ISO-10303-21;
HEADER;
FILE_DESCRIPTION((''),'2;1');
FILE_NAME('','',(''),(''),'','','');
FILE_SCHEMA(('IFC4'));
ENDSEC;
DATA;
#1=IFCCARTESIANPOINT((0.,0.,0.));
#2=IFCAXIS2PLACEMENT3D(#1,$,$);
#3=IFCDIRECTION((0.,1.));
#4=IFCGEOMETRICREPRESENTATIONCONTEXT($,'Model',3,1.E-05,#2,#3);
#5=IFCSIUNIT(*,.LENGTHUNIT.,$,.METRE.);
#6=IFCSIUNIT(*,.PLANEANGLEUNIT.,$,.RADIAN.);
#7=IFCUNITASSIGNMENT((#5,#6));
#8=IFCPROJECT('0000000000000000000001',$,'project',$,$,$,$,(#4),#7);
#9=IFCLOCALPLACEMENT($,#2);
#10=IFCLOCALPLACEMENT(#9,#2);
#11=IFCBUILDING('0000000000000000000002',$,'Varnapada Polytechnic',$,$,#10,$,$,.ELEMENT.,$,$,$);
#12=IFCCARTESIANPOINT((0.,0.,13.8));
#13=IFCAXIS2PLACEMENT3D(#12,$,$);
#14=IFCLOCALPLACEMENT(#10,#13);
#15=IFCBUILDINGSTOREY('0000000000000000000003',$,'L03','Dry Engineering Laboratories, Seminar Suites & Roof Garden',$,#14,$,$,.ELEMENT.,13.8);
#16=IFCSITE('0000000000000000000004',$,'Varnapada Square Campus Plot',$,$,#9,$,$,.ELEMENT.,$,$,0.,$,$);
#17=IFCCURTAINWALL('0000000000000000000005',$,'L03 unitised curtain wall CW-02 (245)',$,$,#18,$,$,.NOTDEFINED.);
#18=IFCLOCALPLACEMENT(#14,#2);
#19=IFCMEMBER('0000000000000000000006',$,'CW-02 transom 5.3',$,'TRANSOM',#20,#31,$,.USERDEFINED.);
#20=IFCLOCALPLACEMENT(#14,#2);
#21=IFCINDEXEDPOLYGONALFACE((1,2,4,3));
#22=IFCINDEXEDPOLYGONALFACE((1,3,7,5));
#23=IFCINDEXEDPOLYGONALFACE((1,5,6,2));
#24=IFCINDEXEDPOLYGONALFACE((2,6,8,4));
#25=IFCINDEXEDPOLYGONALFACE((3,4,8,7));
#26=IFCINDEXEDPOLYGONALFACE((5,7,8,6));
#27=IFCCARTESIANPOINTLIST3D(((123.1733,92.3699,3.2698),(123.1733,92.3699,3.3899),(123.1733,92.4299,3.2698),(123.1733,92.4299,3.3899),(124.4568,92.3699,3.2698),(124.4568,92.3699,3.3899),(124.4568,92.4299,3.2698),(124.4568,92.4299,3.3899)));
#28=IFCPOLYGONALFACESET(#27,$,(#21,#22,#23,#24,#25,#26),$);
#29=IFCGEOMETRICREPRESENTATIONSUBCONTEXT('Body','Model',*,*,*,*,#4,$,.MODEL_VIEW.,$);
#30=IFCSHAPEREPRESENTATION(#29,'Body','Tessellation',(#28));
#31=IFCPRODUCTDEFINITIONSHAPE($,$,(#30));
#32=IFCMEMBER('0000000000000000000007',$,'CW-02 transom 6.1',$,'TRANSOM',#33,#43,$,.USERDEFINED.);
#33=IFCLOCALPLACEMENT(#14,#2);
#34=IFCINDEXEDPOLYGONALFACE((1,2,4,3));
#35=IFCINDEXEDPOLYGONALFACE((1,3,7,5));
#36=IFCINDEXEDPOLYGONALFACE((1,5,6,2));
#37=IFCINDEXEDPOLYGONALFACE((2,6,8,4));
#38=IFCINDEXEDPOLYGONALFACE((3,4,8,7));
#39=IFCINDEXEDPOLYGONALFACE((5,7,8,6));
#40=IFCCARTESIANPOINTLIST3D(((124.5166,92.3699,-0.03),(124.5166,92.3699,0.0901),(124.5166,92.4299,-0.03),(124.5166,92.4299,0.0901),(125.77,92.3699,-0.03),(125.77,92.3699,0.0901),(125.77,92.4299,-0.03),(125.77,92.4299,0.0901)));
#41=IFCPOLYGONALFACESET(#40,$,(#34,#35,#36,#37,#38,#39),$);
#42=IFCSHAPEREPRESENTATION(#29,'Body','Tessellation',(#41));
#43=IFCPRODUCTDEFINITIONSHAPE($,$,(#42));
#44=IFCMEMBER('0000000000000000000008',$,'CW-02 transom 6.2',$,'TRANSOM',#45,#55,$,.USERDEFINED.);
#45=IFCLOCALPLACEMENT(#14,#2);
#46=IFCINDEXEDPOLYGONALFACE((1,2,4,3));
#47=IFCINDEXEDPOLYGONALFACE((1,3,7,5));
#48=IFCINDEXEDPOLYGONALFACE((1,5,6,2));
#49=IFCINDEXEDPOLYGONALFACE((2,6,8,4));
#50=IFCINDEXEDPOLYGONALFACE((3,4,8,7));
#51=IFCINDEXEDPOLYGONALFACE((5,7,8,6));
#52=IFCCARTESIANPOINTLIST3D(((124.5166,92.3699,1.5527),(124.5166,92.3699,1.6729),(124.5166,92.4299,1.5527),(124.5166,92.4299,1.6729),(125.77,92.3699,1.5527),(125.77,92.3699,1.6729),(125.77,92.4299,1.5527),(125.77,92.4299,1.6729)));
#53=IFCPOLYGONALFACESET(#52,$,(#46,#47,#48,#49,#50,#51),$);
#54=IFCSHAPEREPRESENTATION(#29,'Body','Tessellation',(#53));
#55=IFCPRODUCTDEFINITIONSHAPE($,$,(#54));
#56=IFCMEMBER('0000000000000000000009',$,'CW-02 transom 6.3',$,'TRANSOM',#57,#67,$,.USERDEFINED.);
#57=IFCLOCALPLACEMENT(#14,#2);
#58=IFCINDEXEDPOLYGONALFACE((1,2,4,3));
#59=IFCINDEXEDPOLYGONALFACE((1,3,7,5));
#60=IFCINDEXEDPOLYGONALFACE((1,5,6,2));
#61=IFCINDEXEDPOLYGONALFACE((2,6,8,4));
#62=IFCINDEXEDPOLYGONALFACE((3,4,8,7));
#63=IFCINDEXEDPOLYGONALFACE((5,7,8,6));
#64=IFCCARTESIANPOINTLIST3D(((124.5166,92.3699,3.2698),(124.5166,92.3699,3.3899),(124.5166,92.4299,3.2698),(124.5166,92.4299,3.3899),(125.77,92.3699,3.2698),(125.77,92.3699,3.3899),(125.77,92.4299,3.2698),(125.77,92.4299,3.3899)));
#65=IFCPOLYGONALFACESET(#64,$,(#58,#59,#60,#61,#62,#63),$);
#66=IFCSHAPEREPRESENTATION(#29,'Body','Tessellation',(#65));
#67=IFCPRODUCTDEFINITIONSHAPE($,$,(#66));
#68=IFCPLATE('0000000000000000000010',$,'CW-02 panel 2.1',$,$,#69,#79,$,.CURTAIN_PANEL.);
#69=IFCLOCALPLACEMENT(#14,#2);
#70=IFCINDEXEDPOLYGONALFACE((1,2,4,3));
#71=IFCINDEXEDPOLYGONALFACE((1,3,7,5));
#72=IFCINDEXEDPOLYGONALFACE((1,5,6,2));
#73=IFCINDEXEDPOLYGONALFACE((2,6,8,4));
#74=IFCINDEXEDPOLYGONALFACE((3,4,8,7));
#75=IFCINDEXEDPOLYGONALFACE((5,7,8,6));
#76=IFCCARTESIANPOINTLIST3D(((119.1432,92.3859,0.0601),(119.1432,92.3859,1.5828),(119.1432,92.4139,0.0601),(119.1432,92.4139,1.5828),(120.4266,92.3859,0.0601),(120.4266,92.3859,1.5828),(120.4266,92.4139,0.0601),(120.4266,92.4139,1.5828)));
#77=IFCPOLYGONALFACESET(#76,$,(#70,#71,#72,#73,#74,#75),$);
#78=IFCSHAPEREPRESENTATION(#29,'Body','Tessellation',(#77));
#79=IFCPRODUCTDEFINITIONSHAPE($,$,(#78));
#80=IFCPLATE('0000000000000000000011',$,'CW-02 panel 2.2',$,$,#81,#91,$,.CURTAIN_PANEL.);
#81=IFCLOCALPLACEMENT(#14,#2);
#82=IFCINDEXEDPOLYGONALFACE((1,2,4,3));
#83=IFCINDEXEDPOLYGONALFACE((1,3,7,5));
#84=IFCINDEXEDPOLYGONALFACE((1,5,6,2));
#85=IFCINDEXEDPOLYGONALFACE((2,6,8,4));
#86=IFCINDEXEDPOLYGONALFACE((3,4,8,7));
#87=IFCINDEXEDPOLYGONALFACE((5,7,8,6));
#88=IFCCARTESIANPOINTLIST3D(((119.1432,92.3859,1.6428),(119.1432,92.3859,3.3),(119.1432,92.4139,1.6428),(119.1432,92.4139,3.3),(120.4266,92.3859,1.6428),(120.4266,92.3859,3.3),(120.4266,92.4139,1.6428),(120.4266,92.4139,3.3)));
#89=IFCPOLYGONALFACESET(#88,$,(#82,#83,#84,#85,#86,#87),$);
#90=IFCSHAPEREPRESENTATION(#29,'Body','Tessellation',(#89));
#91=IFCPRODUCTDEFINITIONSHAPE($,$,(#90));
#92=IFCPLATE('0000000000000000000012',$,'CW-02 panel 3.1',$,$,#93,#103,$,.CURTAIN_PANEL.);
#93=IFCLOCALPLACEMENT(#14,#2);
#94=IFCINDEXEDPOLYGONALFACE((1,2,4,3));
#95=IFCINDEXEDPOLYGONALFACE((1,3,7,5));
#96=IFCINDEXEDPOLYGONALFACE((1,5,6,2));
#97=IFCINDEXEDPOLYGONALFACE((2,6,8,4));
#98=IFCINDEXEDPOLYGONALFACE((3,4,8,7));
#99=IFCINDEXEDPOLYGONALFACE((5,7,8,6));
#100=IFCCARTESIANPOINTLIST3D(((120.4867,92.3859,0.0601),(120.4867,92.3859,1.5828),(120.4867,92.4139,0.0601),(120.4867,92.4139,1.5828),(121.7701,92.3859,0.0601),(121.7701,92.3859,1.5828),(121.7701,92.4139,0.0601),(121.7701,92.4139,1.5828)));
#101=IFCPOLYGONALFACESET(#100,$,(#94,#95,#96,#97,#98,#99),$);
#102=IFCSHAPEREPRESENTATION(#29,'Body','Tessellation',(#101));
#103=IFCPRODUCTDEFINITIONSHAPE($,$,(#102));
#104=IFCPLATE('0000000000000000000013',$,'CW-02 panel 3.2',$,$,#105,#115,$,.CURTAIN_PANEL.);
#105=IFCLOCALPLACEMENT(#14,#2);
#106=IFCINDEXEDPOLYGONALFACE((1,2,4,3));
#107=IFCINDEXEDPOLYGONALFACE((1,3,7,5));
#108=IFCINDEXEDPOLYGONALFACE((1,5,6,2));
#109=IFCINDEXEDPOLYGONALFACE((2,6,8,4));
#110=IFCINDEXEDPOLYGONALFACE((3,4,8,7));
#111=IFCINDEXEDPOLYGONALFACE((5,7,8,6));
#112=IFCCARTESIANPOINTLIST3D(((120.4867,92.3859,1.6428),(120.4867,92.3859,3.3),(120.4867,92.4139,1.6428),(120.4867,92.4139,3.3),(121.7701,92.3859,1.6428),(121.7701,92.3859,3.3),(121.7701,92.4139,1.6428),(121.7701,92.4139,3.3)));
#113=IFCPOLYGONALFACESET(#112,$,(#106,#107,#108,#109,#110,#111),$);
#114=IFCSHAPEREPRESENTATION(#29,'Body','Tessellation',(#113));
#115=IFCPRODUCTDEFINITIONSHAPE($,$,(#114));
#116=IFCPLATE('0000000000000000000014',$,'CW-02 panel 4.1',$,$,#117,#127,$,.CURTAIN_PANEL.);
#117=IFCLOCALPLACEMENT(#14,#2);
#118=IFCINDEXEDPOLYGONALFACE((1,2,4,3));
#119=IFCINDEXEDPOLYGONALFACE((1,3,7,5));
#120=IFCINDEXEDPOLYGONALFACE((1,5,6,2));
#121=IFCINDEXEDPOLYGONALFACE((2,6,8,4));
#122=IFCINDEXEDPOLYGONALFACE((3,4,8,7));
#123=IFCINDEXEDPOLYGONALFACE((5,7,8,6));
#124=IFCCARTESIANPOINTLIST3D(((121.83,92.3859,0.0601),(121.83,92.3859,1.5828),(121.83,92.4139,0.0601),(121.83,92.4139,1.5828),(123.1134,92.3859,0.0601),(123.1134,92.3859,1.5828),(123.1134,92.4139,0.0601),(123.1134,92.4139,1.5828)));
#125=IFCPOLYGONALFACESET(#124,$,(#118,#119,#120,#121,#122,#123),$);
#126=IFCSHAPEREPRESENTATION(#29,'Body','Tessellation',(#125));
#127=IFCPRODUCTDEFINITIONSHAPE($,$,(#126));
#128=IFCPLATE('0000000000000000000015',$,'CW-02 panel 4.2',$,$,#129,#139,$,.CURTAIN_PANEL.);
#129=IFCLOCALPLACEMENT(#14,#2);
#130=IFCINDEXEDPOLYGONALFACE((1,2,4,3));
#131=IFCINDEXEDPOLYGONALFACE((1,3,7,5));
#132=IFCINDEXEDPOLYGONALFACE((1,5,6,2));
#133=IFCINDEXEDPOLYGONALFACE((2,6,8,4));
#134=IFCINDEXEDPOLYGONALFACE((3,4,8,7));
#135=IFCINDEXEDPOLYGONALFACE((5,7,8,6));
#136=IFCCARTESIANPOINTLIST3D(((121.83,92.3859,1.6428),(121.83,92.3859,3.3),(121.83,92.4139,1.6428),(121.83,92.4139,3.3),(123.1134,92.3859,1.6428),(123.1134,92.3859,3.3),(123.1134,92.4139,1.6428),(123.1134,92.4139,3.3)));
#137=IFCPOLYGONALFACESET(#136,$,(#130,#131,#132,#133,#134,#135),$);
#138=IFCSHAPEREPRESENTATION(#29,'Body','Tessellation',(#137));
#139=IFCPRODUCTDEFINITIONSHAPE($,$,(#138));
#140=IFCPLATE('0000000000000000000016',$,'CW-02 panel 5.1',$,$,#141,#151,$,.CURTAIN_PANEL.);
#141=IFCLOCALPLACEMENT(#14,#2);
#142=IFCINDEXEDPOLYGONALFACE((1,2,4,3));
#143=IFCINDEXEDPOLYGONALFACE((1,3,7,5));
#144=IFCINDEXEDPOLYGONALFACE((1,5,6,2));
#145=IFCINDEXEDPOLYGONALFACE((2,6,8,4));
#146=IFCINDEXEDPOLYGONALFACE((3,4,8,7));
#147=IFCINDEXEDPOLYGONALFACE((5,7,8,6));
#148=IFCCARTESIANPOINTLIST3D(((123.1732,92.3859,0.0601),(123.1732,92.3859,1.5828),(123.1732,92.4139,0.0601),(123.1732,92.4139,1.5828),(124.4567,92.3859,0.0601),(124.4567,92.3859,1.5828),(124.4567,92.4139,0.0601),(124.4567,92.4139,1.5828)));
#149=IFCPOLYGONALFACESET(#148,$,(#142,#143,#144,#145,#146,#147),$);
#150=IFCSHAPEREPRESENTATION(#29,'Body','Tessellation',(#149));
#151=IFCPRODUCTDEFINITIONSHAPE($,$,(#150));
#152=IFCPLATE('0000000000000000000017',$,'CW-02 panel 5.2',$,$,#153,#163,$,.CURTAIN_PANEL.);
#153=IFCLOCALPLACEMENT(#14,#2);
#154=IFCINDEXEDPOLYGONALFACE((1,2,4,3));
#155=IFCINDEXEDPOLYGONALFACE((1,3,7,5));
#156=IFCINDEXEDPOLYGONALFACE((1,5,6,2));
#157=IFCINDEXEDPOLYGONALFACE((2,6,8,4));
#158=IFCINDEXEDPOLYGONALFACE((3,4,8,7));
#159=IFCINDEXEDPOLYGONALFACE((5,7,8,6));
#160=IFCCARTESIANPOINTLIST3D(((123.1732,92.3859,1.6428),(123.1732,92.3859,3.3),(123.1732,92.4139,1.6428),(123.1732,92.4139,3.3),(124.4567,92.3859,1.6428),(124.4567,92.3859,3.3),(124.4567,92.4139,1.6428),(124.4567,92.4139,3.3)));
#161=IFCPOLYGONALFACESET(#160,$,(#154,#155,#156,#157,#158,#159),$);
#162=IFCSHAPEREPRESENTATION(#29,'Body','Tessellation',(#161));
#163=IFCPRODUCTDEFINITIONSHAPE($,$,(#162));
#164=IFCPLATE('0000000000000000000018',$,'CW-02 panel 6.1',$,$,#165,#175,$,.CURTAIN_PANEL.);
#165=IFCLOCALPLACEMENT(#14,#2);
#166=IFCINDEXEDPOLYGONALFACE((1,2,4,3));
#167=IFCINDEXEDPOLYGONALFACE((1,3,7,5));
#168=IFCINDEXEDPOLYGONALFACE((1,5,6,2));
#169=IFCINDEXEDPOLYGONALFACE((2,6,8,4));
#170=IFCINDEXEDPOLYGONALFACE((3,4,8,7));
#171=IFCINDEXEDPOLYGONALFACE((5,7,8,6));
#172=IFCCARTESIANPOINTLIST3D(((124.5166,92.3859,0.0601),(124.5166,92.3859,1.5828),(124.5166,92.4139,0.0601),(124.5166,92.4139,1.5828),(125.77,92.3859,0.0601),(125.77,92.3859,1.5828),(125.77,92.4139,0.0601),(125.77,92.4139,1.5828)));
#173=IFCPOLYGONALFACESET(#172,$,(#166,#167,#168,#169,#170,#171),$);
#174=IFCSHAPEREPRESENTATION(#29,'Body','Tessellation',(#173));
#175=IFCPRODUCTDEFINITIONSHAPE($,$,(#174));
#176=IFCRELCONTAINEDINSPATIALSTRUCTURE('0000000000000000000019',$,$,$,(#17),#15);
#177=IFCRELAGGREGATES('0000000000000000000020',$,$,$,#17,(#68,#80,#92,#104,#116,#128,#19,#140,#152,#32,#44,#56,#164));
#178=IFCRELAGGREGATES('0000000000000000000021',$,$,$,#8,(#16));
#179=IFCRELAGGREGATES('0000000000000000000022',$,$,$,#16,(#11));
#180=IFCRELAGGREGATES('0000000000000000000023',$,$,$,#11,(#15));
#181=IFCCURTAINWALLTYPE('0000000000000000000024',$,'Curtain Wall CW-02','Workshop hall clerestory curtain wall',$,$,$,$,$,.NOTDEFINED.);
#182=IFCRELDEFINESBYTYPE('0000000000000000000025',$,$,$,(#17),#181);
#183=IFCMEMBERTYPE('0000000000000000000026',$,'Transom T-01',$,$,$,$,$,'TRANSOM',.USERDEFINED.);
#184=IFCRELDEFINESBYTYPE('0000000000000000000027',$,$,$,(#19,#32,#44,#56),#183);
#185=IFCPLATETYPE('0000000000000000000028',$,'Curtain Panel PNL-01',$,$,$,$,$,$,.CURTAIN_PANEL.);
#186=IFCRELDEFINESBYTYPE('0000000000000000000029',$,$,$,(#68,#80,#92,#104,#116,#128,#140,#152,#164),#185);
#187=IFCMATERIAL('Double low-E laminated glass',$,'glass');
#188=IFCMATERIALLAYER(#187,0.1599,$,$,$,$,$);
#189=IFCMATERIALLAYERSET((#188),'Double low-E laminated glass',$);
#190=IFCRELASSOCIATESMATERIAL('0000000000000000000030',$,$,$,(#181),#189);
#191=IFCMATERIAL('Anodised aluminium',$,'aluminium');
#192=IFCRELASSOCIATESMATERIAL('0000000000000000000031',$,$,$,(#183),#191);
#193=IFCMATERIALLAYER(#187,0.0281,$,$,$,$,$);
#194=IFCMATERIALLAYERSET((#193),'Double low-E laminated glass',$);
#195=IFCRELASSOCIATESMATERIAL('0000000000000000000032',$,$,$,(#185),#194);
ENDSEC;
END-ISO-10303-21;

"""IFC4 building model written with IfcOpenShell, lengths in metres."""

from ifc_helpers import new_model, si_unit, direction, frame, origin, origin_2d, place, context, subcontext, project, spatial, rectangle, extrude, material, layer, layer_set, material_profile, profile_set, type_object, element, aggregate, save


model = new_model("IFC4")

# Units and contexts
model_context = context("Model", 3, precision=1e-05, world=origin(), true_north=direction((0.0, 1.0)))
body_context = subcontext(model_context, "Body", "Model", "MODEL_VIEW")
ifc_project = project(units=[si_unit("LENGTHUNIT", "METRE"), si_unit("PLANEANGLEUNIT", "RADIAN")], contexts=[model_context])

# Site, building, storey
site_placement = place(None, origin())
site = spatial("IfcSite", under=ifc_project, at=site_placement, Name="Varnapada Square Campus Plot", CompositionType="ELEMENT", RefElevation=0.0)
building_placement = place(site_placement, origin())
building = spatial("IfcBuilding", under=site, at=building_placement, Name="Varnapada Polytechnic", CompositionType="ELEMENT")
storey_placement = place(building_placement, frame((0.0, 0.0, 13.8)))
storey = spatial("IfcBuildingStorey", under=building, at=storey_placement, Name="L03", Description="Dry Engineering Laboratories, Seminar Suites & Roof Garden", CompositionType="ELEMENT", Elevation=13.8)

# Curtain wall, members, plates
ifc_material_1 = material(Name="Double low-E laminated glass", Category="glass")
ifc_layer_1 = layer(ifc_material_1, 0.1599)
ifc_layer_set_1 = layer_set([ifc_layer_1], Name="Double low-E laminated glass")
curtain_wall_type = type_object("IfcCurtainWallType", Name="Curtain Wall CW-02", Description="Workshop hall clerestory curtain wall", PredefinedType="NOTDEFINED", material=ifc_layer_set_1)
curtain_wall_placement = place(storey_placement, origin())
curtain_wall = element("IfcCurtainWall", 1, at=curtain_wall_placement, inside=storey, type_object=curtain_wall_type, Name="L03 unitised curtain wall CW-02 (245)", PredefinedType="NOTDEFINED")
ifc_material_2 = material(Name="Anodised aluminium", Category="aluminium")
ifc_material_profile_1 = material_profile(ifc_material_2, rectangle(XDim=0.0601, YDim=0.1201, at=origin_2d()), Name="ALU T60x120")
ifc_profile_set_1 = profile_set([ifc_material_profile_1], Name="Anodised aluminium")
member_type_1 = type_object("IfcMemberType", Name="Transom T-01", ElementType="TRANSOM", PredefinedType="USERDEFINED", material=ifc_profile_set_1)
member_1_placement = place(storey_placement, frame((123.1733, 92.3999, 3.3298), z_axis=(1.0, 0.0, 0.0), x_axis=(0.0, 1.0, 0.0)))
member_1 = element("IfcMember", 2, at=member_1_placement, type_object=member_type_1, Name="CW-02 transom 5.3", ObjectType="TRANSOM", PredefinedType="USERDEFINED", context=body_context, shape_type="SweptSolid", body=[
    extrude(rectangle(XDim=0.0601, YDim=0.1201, at=origin_2d()), origin(), (0.0, 0.0, 1.0), 1.2834),
])
member_2_placement = place(storey_placement, frame((124.5166, 92.3999, 0.03), z_axis=(1.0, 0.0, 0.0), x_axis=(0.0, 1.0, 0.0)))
member_2 = element("IfcMember", 3, at=member_2_placement, type_object=member_type_1, Name="CW-02 transom 6.1", ObjectType="TRANSOM", PredefinedType="USERDEFINED", context=body_context, shape_type="SweptSolid", body=[
    extrude(rectangle(XDim=0.0601, YDim=0.1201, at=origin_2d()), origin(), (0.0, 0.0, 1.0), 1.2534),
])
member_3_placement = place(storey_placement, frame((124.5166, 92.3999, 1.6128), z_axis=(1.0, 0.0, 0.0), x_axis=(0.0, 1.0, 0.0)))
member_3 = element("IfcMember", 4, at=member_3_placement, type_object=member_type_1, Name="CW-02 transom 6.2", ObjectType="TRANSOM", PredefinedType="USERDEFINED", context=body_context, shape_type="SweptSolid", body=[
    extrude(rectangle(XDim=0.0601, YDim=0.1201, at=origin_2d()), origin(), (0.0, 0.0, 1.0), 1.2534),
])
member_4_placement = place(storey_placement, frame((124.5166, 92.3999, 3.3298), z_axis=(1.0, 0.0, 0.0), x_axis=(0.0, 1.0, 0.0)))
member_4 = element("IfcMember", 5, at=member_4_placement, type_object=member_type_1, Name="CW-02 transom 6.3", ObjectType="TRANSOM", PredefinedType="USERDEFINED", context=body_context, shape_type="SweptSolid", body=[
    extrude(rectangle(XDim=0.0601, YDim=0.1201, at=origin_2d()), origin(), (0.0, 0.0, 1.0), 1.2534),
])
ifc_layer_2 = layer(ifc_material_1, 0.0281)
ifc_layer_set_2 = layer_set([ifc_layer_2], Name="Double low-E laminated glass")
plate_type = type_object("IfcPlateType", Name="Curtain Panel PNL-01", PredefinedType="CURTAIN_PANEL", material=ifc_layer_set_2)
plate_1_placement = place(storey_placement, frame((119.7849, 92.3999, 0.0601), z_axis=(0.0, 0.0, 1.0), x_axis=(1.0, 0.0, 0.0)))
plate_1 = element("IfcPlate", 6, at=plate_1_placement, type_object=plate_type, Name="CW-02 panel 2.1", PredefinedType="CURTAIN_PANEL", context=body_context, shape_type="SweptSolid", body=[
    extrude(rectangle(XDim=1.2834, YDim=0.0281, at=origin_2d()), origin(), (0.0, 0.0, 1.0), 1.5227),
])
plate_2_placement = place(storey_placement, frame((119.7849, 92.3999, 1.6428), z_axis=(0.0, 0.0, 1.0), x_axis=(1.0, 0.0, 0.0)))
plate_2 = element("IfcPlate", 7, at=plate_2_placement, type_object=plate_type, Name="CW-02 panel 2.2", PredefinedType="CURTAIN_PANEL", context=body_context, shape_type="SweptSolid", body=[
    extrude(rectangle(XDim=1.2834, YDim=0.0281, at=origin_2d()), origin(), (0.0, 0.0, 1.0), 1.6572),
])
plate_3_placement = place(storey_placement, frame((121.1284, 92.3999, 0.0601), z_axis=(0.0, 0.0, 1.0), x_axis=(1.0, 0.0, 0.0)))
plate_3 = element("IfcPlate", 8, at=plate_3_placement, type_object=plate_type, Name="CW-02 panel 3.1", PredefinedType="CURTAIN_PANEL", context=body_context, shape_type="SweptSolid", body=[
    extrude(rectangle(XDim=1.2834, YDim=0.0281, at=origin_2d()), origin(), (0.0, 0.0, 1.0), 1.5227),
])
plate_4_placement = place(storey_placement, frame((121.1284, 92.3999, 1.6428), z_axis=(0.0, 0.0, 1.0), x_axis=(1.0, 0.0, 0.0)))
plate_4 = element("IfcPlate", 9, at=plate_4_placement, type_object=plate_type, Name="CW-02 panel 3.2", PredefinedType="CURTAIN_PANEL", context=body_context, shape_type="SweptSolid", body=[
    extrude(rectangle(XDim=1.2834, YDim=0.0281, at=origin_2d()), origin(), (0.0, 0.0, 1.0), 1.6572),
])
plate_5_placement = place(storey_placement, frame((122.4717, 92.3999, 0.0601), z_axis=(0.0, 0.0, 1.0), x_axis=(1.0, 0.0, 0.0)))
plate_5 = element("IfcPlate", 10, at=plate_5_placement, type_object=plate_type, Name="CW-02 panel 4.1", PredefinedType="CURTAIN_PANEL", context=body_context, shape_type="SweptSolid", body=[
    extrude(rectangle(XDim=1.2834, YDim=0.0281, at=origin_2d()), origin(), (0.0, 0.0, 1.0), 1.5227),
])
plate_6_placement = place(storey_placement, frame((122.4717, 92.3999, 1.6428), z_axis=(0.0, 0.0, 1.0), x_axis=(1.0, 0.0, 0.0)))
plate_6 = element("IfcPlate", 11, at=plate_6_placement, type_object=plate_type, Name="CW-02 panel 4.2", PredefinedType="CURTAIN_PANEL", context=body_context, shape_type="SweptSolid", body=[
    extrude(rectangle(XDim=1.2834, YDim=0.0281, at=origin_2d()), origin(), (0.0, 0.0, 1.0), 1.6572),
])
plate_7_placement = place(storey_placement, frame((123.8149, 92.3999, 0.0601), z_axis=(0.0, 0.0, 1.0), x_axis=(1.0, 0.0, 0.0)))
plate_7 = element("IfcPlate", 12, at=plate_7_placement, type_object=plate_type, Name="CW-02 panel 5.1", PredefinedType="CURTAIN_PANEL", context=body_context, shape_type="SweptSolid", body=[
    extrude(rectangle(XDim=1.2834, YDim=0.0281, at=origin_2d()), origin(), (0.0, 0.0, 1.0), 1.5227),
])
plate_8_placement = place(storey_placement, frame((123.8149, 92.3999, 1.6428), z_axis=(0.0, 0.0, 1.0), x_axis=(1.0, 0.0, 0.0)))
plate_8 = element("IfcPlate", 13, at=plate_8_placement, type_object=plate_type, Name="CW-02 panel 5.2", PredefinedType="CURTAIN_PANEL", context=body_context, shape_type="SweptSolid", body=[
    extrude(rectangle(XDim=1.2834, YDim=0.0281, at=origin_2d()), origin(), (0.0, 0.0, 1.0), 1.6572),
])
plate_9_placement = place(storey_placement, frame((125.1433, 92.3999, 0.0601), z_axis=(0.0, 0.0, 1.0), x_axis=(1.0, 0.0, 0.0)))
plate_9 = element("IfcPlate", 14, at=plate_9_placement, type_object=plate_type, Name="CW-02 panel 6.1", PredefinedType="CURTAIN_PANEL", context=body_context, shape_type="SweptSolid", body=[
    extrude(rectangle(XDim=1.2534, YDim=0.0281, at=origin_2d()), origin(), (0.0, 0.0, 1.0), 1.5227),
])
aggregate(curtain_wall, [plate_1, plate_2, plate_3, plate_4, plate_5, plate_6, member_1, plate_7, plate_8, member_2, member_3, member_4, plate_9])

save(model, "model.ifc")
